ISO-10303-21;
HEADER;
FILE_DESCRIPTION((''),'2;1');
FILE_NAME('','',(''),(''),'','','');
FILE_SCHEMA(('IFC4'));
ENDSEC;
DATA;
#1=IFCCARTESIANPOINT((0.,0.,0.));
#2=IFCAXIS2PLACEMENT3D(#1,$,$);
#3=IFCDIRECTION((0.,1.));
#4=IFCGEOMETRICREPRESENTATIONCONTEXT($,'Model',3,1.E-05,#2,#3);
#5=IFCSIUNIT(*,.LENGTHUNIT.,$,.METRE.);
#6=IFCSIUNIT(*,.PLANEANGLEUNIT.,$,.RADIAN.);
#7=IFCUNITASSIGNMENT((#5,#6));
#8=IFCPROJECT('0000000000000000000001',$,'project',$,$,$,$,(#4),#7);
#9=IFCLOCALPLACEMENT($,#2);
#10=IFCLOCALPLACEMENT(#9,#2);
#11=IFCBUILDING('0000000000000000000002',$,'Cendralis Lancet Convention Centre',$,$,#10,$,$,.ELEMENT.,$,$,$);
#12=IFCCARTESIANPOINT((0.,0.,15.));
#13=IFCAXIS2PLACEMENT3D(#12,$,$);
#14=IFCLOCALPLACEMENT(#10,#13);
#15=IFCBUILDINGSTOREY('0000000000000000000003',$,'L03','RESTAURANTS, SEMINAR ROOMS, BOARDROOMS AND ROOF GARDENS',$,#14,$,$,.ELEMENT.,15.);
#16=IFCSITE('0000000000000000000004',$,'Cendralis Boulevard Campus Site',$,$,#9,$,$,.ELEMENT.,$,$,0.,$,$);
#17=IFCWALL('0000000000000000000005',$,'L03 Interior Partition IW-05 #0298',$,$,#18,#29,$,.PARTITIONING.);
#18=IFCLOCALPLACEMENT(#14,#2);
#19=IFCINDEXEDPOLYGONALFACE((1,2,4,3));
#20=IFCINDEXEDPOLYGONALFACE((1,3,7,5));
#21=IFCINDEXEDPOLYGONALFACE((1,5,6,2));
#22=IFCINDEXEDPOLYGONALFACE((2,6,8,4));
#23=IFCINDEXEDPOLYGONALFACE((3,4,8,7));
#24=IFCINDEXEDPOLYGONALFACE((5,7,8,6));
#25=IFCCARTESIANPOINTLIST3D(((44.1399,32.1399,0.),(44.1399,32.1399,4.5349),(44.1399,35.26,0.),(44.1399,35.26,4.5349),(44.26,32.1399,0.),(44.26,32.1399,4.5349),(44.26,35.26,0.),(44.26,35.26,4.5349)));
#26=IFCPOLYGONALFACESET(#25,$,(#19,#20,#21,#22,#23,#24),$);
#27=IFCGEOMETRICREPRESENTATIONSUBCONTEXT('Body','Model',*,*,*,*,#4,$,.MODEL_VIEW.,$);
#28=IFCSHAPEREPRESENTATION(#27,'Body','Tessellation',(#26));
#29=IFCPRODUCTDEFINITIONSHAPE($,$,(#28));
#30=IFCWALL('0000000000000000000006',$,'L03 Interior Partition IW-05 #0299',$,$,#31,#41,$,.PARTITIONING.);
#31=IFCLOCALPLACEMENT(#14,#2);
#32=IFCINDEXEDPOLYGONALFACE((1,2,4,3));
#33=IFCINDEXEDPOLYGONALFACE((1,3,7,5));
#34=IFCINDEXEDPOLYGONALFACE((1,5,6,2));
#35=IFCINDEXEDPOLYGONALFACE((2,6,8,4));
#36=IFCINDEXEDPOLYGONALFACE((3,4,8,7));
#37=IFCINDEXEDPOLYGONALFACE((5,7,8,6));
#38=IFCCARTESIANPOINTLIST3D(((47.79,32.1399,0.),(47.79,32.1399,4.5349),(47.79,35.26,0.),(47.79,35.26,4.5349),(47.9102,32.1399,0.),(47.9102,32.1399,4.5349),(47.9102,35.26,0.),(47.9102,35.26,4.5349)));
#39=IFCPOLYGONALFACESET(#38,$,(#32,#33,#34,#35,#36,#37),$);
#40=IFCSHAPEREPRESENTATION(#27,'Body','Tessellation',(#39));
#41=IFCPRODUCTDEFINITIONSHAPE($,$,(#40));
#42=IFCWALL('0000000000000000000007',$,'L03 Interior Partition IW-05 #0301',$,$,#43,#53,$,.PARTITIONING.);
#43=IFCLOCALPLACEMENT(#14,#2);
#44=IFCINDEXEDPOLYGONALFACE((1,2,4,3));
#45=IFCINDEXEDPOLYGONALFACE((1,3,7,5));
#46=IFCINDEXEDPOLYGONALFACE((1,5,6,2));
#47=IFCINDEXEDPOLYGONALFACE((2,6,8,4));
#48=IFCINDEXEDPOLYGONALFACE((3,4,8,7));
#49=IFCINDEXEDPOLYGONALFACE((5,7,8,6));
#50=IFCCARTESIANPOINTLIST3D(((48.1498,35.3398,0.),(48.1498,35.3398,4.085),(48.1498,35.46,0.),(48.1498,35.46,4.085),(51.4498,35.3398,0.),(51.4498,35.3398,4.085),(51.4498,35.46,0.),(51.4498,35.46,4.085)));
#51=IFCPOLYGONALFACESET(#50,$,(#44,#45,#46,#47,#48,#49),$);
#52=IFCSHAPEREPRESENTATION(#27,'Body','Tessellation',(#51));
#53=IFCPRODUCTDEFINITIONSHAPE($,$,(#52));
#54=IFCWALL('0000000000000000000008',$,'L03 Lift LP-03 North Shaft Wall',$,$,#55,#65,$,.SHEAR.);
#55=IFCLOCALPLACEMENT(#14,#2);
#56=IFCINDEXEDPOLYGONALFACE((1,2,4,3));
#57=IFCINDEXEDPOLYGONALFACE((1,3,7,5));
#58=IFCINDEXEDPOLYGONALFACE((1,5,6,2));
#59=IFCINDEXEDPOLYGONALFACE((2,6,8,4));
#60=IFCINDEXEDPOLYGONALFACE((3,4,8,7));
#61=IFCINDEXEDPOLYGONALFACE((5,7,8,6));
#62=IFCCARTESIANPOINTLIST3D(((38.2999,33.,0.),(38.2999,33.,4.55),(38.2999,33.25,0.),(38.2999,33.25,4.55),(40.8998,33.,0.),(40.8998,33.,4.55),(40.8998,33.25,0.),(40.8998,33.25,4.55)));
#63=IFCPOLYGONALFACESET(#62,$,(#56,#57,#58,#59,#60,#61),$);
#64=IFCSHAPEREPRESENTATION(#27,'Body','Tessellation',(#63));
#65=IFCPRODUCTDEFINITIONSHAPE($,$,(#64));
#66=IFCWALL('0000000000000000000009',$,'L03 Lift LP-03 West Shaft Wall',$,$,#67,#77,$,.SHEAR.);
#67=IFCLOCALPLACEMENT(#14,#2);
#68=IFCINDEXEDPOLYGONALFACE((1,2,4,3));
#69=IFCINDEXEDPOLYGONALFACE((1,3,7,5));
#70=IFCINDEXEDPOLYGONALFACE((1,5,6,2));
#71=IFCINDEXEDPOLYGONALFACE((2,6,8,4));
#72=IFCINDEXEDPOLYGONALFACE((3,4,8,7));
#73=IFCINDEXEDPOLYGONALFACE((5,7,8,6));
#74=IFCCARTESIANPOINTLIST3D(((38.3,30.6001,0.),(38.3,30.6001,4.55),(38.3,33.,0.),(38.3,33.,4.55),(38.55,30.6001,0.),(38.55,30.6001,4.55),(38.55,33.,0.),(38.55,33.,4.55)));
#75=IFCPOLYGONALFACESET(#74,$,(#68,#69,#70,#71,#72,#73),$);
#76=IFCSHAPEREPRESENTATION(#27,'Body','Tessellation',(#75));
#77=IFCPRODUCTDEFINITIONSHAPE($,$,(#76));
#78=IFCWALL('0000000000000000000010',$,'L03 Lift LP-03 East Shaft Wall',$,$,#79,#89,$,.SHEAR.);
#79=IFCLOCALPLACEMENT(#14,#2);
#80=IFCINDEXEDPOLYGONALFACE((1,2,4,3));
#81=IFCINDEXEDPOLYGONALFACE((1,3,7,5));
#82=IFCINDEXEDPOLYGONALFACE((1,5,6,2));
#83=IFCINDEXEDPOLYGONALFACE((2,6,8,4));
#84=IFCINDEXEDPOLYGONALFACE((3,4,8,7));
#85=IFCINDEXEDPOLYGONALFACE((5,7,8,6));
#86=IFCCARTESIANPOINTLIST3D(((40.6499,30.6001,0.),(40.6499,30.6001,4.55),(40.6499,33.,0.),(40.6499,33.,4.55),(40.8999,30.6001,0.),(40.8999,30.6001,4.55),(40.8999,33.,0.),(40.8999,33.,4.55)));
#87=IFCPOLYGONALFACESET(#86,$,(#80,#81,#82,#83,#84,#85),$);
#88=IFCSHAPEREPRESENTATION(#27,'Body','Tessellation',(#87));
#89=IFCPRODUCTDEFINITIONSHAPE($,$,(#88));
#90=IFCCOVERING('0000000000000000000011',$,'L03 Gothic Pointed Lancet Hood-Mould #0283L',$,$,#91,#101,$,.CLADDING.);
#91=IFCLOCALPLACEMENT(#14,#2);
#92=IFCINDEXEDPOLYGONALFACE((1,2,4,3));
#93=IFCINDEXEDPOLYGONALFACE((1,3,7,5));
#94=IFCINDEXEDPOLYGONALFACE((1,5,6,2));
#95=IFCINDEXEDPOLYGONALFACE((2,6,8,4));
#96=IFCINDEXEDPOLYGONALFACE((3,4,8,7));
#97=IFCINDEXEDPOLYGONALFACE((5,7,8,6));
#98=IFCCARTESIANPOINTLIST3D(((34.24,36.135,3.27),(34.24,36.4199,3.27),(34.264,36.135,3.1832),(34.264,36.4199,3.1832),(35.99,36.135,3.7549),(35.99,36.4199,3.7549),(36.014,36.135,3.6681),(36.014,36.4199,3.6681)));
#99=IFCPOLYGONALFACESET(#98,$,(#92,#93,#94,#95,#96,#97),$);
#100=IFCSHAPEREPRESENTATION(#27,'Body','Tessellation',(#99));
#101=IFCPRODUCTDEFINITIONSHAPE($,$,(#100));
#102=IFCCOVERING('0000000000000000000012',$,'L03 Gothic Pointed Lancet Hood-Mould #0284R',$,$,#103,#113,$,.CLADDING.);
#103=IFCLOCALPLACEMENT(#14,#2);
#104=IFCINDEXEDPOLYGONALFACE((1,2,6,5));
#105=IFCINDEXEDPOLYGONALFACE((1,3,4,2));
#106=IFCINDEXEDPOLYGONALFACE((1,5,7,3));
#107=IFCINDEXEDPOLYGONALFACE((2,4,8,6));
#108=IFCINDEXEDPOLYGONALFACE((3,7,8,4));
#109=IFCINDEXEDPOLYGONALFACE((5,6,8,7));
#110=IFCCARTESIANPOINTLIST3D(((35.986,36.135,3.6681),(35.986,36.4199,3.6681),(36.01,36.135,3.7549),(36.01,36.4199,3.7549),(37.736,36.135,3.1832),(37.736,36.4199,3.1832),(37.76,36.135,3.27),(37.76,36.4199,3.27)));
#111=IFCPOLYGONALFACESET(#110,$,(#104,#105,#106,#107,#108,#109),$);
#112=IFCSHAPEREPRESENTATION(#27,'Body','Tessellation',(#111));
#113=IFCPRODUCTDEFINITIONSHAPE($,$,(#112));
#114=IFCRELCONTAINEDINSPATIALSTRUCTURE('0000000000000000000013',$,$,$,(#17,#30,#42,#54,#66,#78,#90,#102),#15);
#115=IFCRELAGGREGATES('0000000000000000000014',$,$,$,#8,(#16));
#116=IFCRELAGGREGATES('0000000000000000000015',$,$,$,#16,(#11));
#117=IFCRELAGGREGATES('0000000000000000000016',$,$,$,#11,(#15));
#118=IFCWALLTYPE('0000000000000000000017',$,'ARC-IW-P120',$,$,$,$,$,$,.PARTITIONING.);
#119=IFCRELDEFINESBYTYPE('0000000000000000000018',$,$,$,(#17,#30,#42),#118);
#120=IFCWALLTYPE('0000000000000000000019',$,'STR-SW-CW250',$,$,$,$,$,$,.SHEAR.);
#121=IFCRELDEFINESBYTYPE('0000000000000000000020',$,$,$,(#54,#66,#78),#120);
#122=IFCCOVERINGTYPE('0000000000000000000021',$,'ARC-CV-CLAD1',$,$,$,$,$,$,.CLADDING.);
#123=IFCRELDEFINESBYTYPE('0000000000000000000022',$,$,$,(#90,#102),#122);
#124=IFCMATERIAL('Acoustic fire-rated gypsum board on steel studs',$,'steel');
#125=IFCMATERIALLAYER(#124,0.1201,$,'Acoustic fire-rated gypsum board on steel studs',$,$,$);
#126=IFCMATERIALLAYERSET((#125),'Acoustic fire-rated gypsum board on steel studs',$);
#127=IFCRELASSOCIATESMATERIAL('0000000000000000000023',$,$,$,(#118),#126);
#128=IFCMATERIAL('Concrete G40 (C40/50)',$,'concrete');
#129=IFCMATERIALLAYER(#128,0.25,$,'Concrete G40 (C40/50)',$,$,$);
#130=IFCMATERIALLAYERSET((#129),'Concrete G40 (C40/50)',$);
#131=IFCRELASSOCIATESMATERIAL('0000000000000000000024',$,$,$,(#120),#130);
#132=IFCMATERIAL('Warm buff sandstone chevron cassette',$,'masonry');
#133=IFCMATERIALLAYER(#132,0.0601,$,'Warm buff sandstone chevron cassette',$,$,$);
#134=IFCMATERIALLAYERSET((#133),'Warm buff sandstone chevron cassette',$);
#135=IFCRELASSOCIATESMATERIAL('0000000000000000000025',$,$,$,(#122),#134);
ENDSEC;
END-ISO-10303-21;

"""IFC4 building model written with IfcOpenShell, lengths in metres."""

from ifc_helpers import new_model, si_unit, direction, frame, frame_2d, origin, place, context, subcontext, project, spatial, polyline, rectangle, outline, extrude, material, layer, layer_set, type_object, element, save


model = new_model("IFC4")

# Units and contexts
model_context = context("Model", 3, precision=1e-05, world=origin(), true_north=direction((0.0, 1.0)))
body_context = subcontext(model_context, "Body", "Model", "MODEL_VIEW")
ifc_project = project(units=[si_unit("LENGTHUNIT", "METRE"), si_unit("PLANEANGLEUNIT", "RADIAN")], contexts=[model_context])

# Site, building, storey
site_placement = place(None, origin())
site = spatial("IfcSite", under=ifc_project, at=site_placement, Name="Cendralis Boulevard Campus Site", CompositionType="ELEMENT", RefElevation=0.0)
building_placement = place(site_placement, origin())
building = spatial("IfcBuilding", under=site, at=building_placement, Name="Cendralis Lancet Convention Centre", CompositionType="ELEMENT")
storey_placement = place(building_placement, frame((0.0, 0.0, 15.0)))
storey = spatial("IfcBuildingStorey", under=building, at=storey_placement, Name="L03", Description="RESTAURANTS, SEMINAR ROOMS, BOARDROOMS AND ROOF GARDENS", CompositionType="ELEMENT", Elevation=15.0)

# Shared definitions
ifc_material_1 = material(Name="Concrete G40 (C40/50)", Category="concrete")

# Shared definitions
ifc_material_2 = material(Name="Acoustic fire-rated gypsum board on steel studs", Category="steel")
ifc_layer_1 = layer(ifc_material_2, 0.1201, Name="Acoustic fire-rated gypsum board on steel studs")
ifc_layer_set_1 = layer_set([ifc_layer_1], Name="Acoustic fire-rated gypsum board on steel studs")
wall_type_1 = type_object("IfcWallType", Name="ARC-IW-P120", PredefinedType="PARTITIONING", material=ifc_layer_set_1)

# Walls
for number, where, z_axis, x_axis, name in (
    (1, (44.2, 32.1399, 0.0), (0.0, 0.0, 1.0), (0.0, 1.0, 0.0), "L03 Interior Partition IW-05 #0298"),
    (2, (47.8501, 32.1399, 0.0), (0.0, 0.0, 1.0), (0.0, 1.0, 0.0), "L03 Interior Partition IW-05 #0299"),
):
    element("IfcWall", number, at=place(storey_placement, frame(where, z_axis=z_axis, x_axis=x_axis)), inside=storey, type_object=wall_type_1, Name=name, PredefinedType="PARTITIONING", context=body_context, shape_type="SweptSolid", body=[
        extrude(rectangle(XDim=3.1201, YDim=0.1201, at=frame_2d((1.5601, 0.0))), origin(), (0.0, 0.0, 1.0), 4.5349),
    ])

# Walls
wall_1_placement = place(storey_placement, frame((48.1499, 35.3999, 0.0), z_axis=(0.0, 0.0, 1.0), x_axis=(1.0, 0.0, 0.0)))
element("IfcWall", 3, at=wall_1_placement, inside=storey, type_object=wall_type_1, Name="L03 Interior Partition IW-05 #0301", PredefinedType="PARTITIONING", context=body_context, shape_type="SweptSolid", body=[
    extrude(rectangle(XDim=3.3, YDim=0.1201, at=frame_2d((1.6499, 0.0))), origin(), (0.0, 0.0, 1.0), 4.085),
])
ifc_layer_2 = layer(ifc_material_1, 0.25, Name="Concrete G40 (C40/50)")
ifc_layer_set_2 = layer_set([ifc_layer_2], Name="Concrete G40 (C40/50)")
wall_type_2 = type_object("IfcWallType", Name="STR-SW-CW250", PredefinedType="SHEAR", material=ifc_layer_set_2)
wall_2_placement = place(storey_placement, frame((38.3, 33.125, 0.0), z_axis=(0.0, 0.0, 1.0), x_axis=(1.0, 0.0, 0.0)))
element("IfcWall", 4, at=wall_2_placement, inside=storey, type_object=wall_type_2, Name="L03 Lift LP-03 North Shaft Wall", PredefinedType="SHEAR", context=body_context, shape_type="SweptSolid", body=[
    extrude(rectangle(XDim=2.5999, YDim=0.25, at=frame_2d((1.2998, 0.0))), origin(), (0.0, 0.0, 1.0), 4.55),
])
for number, where, z_axis, x_axis, name in (
    (5, (38.425, 30.6001, 0.0), (0.0, 0.0, 1.0), (0.0, 1.0, 0.0), "L03 Lift LP-03 West Shaft Wall"),
    (6, (40.7749, 30.6001, 0.0), (0.0, 0.0, 1.0), (0.0, 1.0, 0.0), "L03 Lift LP-03 East Shaft Wall"),
):
    element("IfcWall", number, at=place(storey_placement, frame(where, z_axis=z_axis, x_axis=x_axis)), inside=storey, type_object=wall_type_2, Name=name, PredefinedType="SHEAR", context=body_context, shape_type="SweptSolid", body=[
        extrude(rectangle(XDim=2.3999, YDim=0.25, at=frame_2d((1.2, 0.0))), origin(), (0.0, 0.0, 1.0), 4.55),
    ])

# Coverings
ifc_material_3 = material(Name="Warm buff sandstone chevron cassette", Category="masonry")
ifc_layer_3 = layer(ifc_material_3, 0.0601, Name="Warm buff sandstone chevron cassette")
ifc_layer_set_3 = layer_set([ifc_layer_3], Name="Warm buff sandstone chevron cassette")
covering_type = type_object("IfcCoveringType", Name="ARC-CV-CLAD1", PredefinedType="CLADDING", material=ifc_layer_set_3)
for number, where, z_axis, x_axis, name in (
    (7, (34.24, 36.4199, 3.27), (-0.267006, 0.0, 0.963695), (0.0, -1.0, 0.0), "L03 Gothic Pointed Lancet Hood-Mould #0283L"),
    (8, (36.01, 36.4199, 3.7549), (0.267006, 0.0, 0.963695), (0.0, -1.0, 0.0), "L03 Gothic Pointed Lancet Hood-Mould #0284R"),
):
    element("IfcCovering", number, at=place(storey_placement, frame(where, z_axis=z_axis, x_axis=x_axis)), inside=storey, type_object=covering_type, Name=name, PredefinedType="CLADDING", context=body_context, shape_type="SweptSolid", body=[
        extrude(outline(polyline([(0.0, 0.0), (0.2849, 0.0), (0.2849, 1.8159), (0.0, 1.8159), (0.0, 0.0)])), origin(), (0.0, 0.0, -1.0), 0.0901),
    ])

save(model, "model.ifc")
